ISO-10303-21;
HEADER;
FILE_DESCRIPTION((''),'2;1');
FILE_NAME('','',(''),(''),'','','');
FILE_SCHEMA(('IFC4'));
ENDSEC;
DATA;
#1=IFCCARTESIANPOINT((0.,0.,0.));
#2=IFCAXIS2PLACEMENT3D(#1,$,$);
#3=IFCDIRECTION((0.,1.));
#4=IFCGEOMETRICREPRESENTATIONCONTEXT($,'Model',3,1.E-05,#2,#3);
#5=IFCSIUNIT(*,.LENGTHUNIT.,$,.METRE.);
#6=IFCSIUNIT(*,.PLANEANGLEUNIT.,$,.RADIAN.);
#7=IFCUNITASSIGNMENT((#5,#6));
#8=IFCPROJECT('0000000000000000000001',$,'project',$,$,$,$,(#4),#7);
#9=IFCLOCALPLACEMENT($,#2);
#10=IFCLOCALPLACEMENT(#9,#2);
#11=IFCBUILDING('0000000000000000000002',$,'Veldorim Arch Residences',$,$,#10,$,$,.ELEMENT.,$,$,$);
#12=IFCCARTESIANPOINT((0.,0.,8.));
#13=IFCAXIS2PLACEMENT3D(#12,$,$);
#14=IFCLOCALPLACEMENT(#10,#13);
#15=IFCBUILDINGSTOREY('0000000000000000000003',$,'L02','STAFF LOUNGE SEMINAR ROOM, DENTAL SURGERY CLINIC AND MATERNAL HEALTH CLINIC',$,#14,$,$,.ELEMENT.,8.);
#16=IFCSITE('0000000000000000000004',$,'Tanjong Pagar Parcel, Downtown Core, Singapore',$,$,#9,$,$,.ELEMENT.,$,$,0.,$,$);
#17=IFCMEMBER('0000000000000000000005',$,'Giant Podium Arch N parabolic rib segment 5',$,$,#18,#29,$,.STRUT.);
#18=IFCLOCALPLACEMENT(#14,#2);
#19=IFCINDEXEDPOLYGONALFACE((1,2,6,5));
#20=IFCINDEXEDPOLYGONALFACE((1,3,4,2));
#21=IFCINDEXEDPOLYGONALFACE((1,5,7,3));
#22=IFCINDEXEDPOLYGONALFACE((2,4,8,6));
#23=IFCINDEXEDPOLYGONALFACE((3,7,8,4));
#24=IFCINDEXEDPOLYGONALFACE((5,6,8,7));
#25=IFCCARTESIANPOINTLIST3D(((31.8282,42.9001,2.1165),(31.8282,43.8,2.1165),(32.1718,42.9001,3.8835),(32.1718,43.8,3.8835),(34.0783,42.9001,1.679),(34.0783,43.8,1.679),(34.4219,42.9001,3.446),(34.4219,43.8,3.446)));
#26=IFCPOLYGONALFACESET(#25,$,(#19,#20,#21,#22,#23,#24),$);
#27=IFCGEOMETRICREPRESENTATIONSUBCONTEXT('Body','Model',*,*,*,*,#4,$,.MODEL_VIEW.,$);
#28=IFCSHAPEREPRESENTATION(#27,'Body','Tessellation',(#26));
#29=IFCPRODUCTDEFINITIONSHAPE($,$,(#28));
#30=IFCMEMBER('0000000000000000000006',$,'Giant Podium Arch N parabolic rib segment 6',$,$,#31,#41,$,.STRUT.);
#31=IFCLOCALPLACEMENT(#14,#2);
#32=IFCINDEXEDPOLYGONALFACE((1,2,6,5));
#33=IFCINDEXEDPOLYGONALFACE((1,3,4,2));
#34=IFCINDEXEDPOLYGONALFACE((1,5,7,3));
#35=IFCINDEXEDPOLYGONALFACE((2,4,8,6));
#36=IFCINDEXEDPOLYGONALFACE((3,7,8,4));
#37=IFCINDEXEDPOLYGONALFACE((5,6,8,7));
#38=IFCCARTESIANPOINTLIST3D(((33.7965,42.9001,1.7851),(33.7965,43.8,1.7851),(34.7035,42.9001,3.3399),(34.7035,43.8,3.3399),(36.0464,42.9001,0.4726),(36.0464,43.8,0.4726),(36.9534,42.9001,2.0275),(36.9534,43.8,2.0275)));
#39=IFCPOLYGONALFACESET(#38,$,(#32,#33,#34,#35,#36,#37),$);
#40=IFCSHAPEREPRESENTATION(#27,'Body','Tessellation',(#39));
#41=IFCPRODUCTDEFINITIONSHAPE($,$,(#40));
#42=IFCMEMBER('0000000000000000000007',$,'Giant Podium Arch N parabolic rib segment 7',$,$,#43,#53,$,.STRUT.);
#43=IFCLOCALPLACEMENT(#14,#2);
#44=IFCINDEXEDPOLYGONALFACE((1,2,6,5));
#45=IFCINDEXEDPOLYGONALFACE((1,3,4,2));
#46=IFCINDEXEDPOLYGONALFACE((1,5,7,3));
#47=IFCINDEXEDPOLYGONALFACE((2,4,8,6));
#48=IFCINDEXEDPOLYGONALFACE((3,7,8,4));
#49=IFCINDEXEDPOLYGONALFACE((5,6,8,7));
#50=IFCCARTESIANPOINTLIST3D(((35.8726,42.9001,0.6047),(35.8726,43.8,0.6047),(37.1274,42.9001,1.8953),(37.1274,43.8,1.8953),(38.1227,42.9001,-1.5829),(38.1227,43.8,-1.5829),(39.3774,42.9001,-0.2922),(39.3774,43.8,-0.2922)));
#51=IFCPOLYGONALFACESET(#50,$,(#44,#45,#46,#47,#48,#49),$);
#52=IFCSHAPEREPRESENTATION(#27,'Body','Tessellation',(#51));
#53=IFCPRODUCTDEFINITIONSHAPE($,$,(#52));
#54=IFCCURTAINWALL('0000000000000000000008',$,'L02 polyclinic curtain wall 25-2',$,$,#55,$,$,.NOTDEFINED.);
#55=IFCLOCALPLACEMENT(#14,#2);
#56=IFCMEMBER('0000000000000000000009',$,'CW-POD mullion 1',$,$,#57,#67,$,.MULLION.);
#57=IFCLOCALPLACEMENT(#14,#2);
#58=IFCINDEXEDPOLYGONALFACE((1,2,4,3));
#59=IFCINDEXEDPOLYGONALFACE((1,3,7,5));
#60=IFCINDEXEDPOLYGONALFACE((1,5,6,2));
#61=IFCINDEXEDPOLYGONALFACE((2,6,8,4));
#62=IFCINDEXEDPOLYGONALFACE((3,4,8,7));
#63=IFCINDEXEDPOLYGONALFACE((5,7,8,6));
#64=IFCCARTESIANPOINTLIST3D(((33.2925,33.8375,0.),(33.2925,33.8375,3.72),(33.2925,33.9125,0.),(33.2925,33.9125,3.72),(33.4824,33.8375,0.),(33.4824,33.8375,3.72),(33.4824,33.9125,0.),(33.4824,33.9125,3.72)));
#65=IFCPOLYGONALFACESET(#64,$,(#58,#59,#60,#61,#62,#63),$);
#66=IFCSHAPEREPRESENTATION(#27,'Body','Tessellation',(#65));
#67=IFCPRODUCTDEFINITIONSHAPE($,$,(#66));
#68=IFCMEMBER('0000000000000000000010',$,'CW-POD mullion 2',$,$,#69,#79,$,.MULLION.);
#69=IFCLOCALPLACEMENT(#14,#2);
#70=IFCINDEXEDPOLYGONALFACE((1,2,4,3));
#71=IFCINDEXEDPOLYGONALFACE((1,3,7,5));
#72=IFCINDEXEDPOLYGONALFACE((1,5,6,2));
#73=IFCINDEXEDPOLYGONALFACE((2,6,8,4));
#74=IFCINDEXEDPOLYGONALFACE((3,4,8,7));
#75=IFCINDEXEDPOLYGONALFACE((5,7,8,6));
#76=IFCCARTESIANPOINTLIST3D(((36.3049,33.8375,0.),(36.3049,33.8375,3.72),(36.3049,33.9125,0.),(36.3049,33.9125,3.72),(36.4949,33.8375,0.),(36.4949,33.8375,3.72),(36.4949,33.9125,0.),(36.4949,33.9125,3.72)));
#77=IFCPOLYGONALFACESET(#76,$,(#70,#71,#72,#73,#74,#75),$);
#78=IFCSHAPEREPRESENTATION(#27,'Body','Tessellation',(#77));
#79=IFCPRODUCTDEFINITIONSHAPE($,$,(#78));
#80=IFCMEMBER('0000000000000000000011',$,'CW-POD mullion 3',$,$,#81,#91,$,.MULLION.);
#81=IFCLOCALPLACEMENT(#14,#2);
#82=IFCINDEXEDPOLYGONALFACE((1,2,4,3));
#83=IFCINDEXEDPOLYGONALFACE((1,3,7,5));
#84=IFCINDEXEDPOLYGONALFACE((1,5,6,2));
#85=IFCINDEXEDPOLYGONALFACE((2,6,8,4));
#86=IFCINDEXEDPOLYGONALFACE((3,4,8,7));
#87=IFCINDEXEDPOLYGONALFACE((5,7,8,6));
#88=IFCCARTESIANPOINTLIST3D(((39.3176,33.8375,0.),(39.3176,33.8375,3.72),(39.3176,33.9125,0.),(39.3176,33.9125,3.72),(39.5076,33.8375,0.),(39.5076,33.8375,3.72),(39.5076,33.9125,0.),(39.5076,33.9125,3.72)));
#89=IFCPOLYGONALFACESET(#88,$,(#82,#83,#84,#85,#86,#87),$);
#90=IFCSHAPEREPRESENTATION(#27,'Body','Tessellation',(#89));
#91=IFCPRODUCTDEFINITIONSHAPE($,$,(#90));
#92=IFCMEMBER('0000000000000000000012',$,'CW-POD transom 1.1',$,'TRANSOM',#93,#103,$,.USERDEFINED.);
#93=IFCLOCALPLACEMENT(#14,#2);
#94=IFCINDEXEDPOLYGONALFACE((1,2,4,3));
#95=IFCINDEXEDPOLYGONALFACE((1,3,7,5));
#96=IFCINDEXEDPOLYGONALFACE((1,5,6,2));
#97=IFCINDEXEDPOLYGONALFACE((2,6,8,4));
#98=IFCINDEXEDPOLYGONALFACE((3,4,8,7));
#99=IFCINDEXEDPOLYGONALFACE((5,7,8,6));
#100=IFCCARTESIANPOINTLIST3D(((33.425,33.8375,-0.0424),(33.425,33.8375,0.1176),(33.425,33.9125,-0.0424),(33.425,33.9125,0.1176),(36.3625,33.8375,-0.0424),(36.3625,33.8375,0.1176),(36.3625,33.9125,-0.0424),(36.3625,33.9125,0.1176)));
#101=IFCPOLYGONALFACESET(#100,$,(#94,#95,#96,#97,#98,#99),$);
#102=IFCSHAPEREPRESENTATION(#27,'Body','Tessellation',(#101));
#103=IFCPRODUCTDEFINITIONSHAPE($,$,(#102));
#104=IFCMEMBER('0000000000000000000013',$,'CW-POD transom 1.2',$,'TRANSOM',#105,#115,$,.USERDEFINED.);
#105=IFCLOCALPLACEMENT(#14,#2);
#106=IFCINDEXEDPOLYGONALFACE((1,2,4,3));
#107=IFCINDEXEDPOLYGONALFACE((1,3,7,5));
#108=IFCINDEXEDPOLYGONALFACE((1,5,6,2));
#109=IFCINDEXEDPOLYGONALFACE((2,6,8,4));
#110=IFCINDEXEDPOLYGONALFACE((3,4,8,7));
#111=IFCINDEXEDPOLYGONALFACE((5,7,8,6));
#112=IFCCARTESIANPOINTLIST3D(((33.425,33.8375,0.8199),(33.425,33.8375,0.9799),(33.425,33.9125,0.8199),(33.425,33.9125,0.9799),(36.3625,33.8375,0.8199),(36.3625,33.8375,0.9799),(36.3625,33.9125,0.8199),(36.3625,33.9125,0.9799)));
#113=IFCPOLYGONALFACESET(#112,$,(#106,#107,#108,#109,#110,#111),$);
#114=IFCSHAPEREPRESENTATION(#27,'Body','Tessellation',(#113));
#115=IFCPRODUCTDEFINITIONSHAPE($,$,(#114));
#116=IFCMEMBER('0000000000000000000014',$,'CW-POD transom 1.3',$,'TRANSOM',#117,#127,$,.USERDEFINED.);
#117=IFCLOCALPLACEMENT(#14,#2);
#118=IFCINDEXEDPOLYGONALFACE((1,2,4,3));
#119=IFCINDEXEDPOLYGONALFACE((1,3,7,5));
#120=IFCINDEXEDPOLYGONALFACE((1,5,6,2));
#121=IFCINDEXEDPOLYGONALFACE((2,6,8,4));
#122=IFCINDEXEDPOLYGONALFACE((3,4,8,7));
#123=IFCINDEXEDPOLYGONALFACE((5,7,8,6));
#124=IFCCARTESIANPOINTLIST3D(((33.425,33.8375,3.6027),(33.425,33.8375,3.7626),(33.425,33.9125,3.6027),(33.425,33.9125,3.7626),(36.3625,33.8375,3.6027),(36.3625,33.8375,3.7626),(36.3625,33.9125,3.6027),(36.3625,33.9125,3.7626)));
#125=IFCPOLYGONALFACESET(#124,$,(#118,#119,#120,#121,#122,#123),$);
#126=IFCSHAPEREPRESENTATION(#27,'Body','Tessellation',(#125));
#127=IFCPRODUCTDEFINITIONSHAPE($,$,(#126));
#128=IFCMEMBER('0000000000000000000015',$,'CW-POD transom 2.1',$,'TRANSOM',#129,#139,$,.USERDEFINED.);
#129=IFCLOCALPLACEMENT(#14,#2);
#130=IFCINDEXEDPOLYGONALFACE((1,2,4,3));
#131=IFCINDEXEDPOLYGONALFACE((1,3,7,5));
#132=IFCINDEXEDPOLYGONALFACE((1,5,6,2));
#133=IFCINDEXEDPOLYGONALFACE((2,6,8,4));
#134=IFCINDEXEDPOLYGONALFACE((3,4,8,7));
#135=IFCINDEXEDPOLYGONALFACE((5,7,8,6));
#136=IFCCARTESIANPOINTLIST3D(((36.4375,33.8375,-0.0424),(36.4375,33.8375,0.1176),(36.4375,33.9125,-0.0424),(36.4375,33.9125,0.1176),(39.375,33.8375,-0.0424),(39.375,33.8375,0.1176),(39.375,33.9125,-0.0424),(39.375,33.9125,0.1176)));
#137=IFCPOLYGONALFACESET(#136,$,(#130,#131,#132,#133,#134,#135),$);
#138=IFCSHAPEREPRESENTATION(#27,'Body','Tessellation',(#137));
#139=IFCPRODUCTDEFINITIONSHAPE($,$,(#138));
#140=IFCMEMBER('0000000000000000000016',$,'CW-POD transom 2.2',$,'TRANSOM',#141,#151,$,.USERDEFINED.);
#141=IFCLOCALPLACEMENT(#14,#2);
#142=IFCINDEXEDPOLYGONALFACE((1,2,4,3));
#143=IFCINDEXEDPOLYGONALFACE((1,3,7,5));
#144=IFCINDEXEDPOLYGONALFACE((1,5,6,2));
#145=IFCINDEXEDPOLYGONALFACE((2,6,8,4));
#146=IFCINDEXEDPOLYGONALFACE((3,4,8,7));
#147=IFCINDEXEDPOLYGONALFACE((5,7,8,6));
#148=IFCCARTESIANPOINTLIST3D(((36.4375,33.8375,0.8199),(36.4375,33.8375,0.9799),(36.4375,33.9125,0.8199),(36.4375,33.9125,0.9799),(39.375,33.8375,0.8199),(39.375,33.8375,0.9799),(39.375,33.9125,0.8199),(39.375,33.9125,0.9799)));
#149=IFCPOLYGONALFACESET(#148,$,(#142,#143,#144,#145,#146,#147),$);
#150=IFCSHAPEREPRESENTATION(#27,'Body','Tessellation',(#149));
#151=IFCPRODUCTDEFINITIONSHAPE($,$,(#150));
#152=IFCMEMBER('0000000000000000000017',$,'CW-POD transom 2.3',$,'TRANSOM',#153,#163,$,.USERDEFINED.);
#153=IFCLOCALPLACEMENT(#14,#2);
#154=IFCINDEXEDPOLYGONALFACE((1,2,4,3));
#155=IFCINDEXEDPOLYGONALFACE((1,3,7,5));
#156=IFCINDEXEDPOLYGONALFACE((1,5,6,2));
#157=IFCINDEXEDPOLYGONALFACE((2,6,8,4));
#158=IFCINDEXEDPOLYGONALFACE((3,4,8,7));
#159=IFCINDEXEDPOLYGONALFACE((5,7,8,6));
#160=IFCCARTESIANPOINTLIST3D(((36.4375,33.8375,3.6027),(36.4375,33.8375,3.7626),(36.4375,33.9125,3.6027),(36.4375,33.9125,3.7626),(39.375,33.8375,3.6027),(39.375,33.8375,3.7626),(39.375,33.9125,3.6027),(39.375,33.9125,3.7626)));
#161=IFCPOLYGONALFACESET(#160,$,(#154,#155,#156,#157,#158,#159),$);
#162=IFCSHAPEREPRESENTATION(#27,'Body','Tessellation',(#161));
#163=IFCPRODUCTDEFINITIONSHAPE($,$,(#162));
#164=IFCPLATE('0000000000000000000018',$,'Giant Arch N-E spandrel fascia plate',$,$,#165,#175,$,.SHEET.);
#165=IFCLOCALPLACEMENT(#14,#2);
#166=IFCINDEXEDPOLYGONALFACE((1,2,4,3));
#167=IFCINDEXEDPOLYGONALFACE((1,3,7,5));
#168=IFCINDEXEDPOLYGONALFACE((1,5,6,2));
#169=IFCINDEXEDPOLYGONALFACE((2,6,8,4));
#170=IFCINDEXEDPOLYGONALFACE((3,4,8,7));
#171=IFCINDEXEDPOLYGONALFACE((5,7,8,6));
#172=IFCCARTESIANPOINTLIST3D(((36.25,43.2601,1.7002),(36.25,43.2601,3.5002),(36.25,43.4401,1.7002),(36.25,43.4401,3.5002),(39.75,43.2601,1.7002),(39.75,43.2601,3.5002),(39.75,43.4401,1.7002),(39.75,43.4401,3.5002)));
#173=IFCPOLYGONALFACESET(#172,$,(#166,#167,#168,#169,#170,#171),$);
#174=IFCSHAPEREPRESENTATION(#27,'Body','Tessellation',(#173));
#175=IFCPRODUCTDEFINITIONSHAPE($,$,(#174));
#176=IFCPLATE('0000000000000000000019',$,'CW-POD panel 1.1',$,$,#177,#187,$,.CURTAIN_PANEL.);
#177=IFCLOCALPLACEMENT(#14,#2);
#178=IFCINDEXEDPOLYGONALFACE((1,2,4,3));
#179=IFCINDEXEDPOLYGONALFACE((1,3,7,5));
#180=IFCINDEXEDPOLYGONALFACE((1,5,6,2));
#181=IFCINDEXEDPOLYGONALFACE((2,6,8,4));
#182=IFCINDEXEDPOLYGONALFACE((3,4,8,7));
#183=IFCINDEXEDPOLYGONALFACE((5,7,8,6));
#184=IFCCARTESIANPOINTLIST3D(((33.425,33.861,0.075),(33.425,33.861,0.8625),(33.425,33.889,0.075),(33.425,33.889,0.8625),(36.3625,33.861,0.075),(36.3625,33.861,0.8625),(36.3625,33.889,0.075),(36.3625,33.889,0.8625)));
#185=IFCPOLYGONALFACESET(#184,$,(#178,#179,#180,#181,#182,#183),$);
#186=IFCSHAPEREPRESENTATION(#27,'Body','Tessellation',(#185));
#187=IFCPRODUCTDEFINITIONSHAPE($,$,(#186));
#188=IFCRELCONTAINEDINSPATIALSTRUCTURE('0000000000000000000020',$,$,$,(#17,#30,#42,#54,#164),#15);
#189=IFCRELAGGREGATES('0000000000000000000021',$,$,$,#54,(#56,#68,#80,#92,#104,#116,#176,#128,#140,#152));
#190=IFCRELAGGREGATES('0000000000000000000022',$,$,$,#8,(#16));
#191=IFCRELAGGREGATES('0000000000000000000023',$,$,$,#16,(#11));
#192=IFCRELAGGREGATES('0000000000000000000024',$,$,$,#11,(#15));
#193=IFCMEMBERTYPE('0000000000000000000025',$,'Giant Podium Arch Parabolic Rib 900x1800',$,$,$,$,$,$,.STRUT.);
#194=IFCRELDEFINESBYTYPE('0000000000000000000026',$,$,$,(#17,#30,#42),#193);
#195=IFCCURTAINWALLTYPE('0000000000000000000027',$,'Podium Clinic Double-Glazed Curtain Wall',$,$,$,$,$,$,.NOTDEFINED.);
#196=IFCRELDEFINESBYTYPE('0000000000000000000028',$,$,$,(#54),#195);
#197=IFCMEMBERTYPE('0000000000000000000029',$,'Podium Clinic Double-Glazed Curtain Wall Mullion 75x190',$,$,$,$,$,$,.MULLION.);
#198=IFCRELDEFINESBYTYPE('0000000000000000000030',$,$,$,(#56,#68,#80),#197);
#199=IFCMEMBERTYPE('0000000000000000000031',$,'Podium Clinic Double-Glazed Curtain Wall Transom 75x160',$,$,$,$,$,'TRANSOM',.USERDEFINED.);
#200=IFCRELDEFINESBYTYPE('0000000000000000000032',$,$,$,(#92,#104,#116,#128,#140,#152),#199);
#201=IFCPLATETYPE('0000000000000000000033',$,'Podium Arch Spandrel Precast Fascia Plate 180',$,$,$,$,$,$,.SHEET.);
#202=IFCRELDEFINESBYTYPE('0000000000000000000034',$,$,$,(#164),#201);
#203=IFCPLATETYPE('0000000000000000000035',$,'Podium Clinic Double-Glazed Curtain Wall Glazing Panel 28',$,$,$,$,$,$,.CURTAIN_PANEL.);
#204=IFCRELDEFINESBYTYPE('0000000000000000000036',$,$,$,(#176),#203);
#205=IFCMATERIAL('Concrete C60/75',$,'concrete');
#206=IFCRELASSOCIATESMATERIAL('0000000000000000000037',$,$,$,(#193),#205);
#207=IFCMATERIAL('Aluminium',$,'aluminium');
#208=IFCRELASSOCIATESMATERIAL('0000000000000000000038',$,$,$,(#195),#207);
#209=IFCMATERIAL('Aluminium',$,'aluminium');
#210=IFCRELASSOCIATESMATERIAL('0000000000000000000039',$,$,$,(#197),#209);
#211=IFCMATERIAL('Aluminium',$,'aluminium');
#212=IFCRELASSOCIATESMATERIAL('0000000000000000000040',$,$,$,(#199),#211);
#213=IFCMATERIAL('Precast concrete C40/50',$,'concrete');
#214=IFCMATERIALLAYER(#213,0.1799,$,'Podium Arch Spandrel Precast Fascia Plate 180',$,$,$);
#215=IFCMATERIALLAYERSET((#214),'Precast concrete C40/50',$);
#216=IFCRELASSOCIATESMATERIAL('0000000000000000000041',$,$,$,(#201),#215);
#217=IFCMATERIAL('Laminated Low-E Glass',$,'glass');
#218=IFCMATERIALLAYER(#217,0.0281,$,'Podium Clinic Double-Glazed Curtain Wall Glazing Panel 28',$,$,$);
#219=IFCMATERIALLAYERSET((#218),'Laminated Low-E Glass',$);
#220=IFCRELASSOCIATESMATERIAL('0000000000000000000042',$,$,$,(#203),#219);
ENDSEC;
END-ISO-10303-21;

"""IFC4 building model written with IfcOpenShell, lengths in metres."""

from ifc_helpers import new_model, si_unit, direction, frame, origin, origin_2d, place, context, subcontext, project, spatial, rectangle, extrude, material, layer, layer_set, material_profile, profile_set, type_object, element, aggregate, save


model = new_model("IFC4")

# Units and contexts
model_context = context("Model", 3, precision=1e-05, world=origin(), true_north=direction((0.0, 1.0)))
body_context = subcontext(model_context, "Body", "Model", "MODEL_VIEW")
ifc_project = project(units=[si_unit("LENGTHUNIT", "METRE"), si_unit("PLANEANGLEUNIT", "RADIAN")], contexts=[model_context])

# Site, building, storey
site_placement = place(None, origin())
site = spatial("IfcSite", under=ifc_project, at=site_placement, Name="Tanjong Pagar Parcel, Downtown Core, Singapore", CompositionType="ELEMENT", RefElevation=0.0)
building_placement = place(site_placement, origin())
building = spatial("IfcBuilding", under=site, at=building_placement, Name="Veldorim Arch Residences", CompositionType="ELEMENT")
storey_placement = place(building_placement, frame((0.0, 0.0, 8.0)))
storey = spatial("IfcBuildingStorey", under=building, at=storey_placement, Name="L02", Description="STAFF LOUNGE SEMINAR ROOM, DENTAL SURGERY CLINIC AND MATERNAL HEALTH CLINIC", CompositionType="ELEMENT", Elevation=8.0)

# Members
ifc_material_1 = material(Name="Concrete C60/75", Category="concrete")
ifc_material_profile_1 = material_profile(ifc_material_1, rectangle(XDim=0.8999, YDim=1.8, at=origin_2d()), Name="RC_RECT_900x1800")
ifc_profile_set_1 = profile_set([ifc_material_profile_1], Name="Concrete C60/75")
member_type_1 = type_object("IfcMemberType", Name="Giant Podium Arch Parabolic Rib 900x1800", PredefinedType="STRUT", material=ifc_profile_set_1)
member_1_placement = place(storey_placement, frame((32.0, 43.3501, 3.0), z_axis=(0.981615, 0.0, -0.19087), x_axis=(0.0, 1.0, 0.0)))
element("IfcMember", 1, at=member_1_placement, inside=storey, type_object=member_type_1, Name="Giant Podium Arch N parabolic rib segment 5", PredefinedType="STRUT", context=body_context, shape_type="SweptSolid", body=[
    extrude(rectangle(XDim=0.8999, YDim=1.8, at=origin_2d()), origin(), (0.0, 0.0, 1.0), 2.2922),
])
member_2_placement = place(storey_placement, frame((34.25, 43.3501, 2.5625), z_axis=(0.863779, 0.0, -0.503871), x_axis=(0.0, 1.0, 0.0)))
element("IfcMember", 2, at=member_2_placement, inside=storey, type_object=member_type_1, Name="Giant Podium Arch N parabolic rib segment 6", PredefinedType="STRUT", context=body_context, shape_type="SweptSolid", body=[
    extrude(rectangle(XDim=0.8999, YDim=1.8, at=origin_2d()), origin(), (0.0, 0.0, 1.0), 2.6047),
])
member_3_placement = place(storey_placement, frame((36.5, 43.3501, 1.25), z_axis=(0.716995, 0.0, -0.697078), x_axis=(0.0, 1.0, 0.0)))
element("IfcMember", 3, at=member_3_placement, inside=storey, type_object=member_type_1, Name="Giant Podium Arch N parabolic rib segment 7", PredefinedType="STRUT", context=body_context, shape_type="SweptSolid", body=[
    extrude(rectangle(XDim=0.8999, YDim=1.8, at=origin_2d()), origin(), (0.0, 0.0, 1.0), 3.1382),
])

# Curtain wall, members
ifc_material_2 = material(Name="Aluminium", Category="aluminium")
curtain_wall_type = type_object("IfcCurtainWallType", Name="Podium Clinic Double-Glazed Curtain Wall", PredefinedType="NOTDEFINED", material=ifc_material_2)
curtain_wall_placement = place(storey_placement, origin())
curtain_wall = element("IfcCurtainWall", 4, at=curtain_wall_placement, inside=storey, type_object=curtain_wall_type, Name="L02 polyclinic curtain wall 25-2", PredefinedType="NOTDEFINED")
ifc_material_3 = material(Name="Aluminium", Category="aluminium")
ifc_material_profile_2 = material_profile(ifc_material_3, rectangle(XDim=0.075, YDim=0.1899, at=origin_2d()), Name="ALU_MUL_75x190")
ifc_profile_set_2 = profile_set([ifc_material_profile_2], Name="Aluminium")
member_type_2 = type_object("IfcMemberType", Name="Podium Clinic Double-Glazed Curtain Wall Mullion 75x190", PredefinedType="MULLION", material=ifc_profile_set_2)
member_4_placement = place(storey_placement, frame((33.3875, 33.875, 0.0), z_axis=(0.0, 0.0, 1.0), x_axis=(0.0, 1.0, 0.0)))
member_4 = element("IfcMember", 5, at=member_4_placement, type_object=member_type_2, Name="CW-POD mullion 1", PredefinedType="MULLION", context=body_context, shape_type="SweptSolid", body=[
    extrude(rectangle(XDim=0.075, YDim=0.1899, at=origin_2d()), origin(), (0.0, 0.0, 1.0), 3.72),
])
member_5_placement = place(storey_placement, frame((36.3999, 33.875, 0.0), z_axis=(0.0, 0.0, 1.0), x_axis=(0.0, 1.0, 0.0)))
member_5 = element("IfcMember", 6, at=member_5_placement, type_object=member_type_2, Name="CW-POD mullion 2", PredefinedType="MULLION", context=body_context, shape_type="SweptSolid", body=[
    extrude(rectangle(XDim=0.075, YDim=0.1899, at=origin_2d()), origin(), (0.0, 0.0, 1.0), 3.72),
])
member_6_placement = place(storey_placement, frame((39.4126, 33.875, 0.0), z_axis=(0.0, 0.0, 1.0), x_axis=(0.0, 1.0, 0.0)))
member_6 = element("IfcMember", 7, at=member_6_placement, type_object=member_type_2, Name="CW-POD mullion 3", PredefinedType="MULLION", context=body_context, shape_type="SweptSolid", body=[
    extrude(rectangle(XDim=0.075, YDim=0.1899, at=origin_2d()), origin(), (0.0, 0.0, 1.0), 3.72),
])
ifc_material_4 = material(Name="Aluminium", Category="aluminium")
ifc_material_profile_3 = material_profile(ifc_material_4, rectangle(XDim=0.075, YDim=0.1599, at=origin_2d()), Name="ALU_TRN_75x160")
ifc_profile_set_3 = profile_set([ifc_material_profile_3], Name="Aluminium")
member_type_3 = type_object("IfcMemberType", Name="Podium Clinic Double-Glazed Curtain Wall Transom 75x160", ElementType="TRANSOM", PredefinedType="USERDEFINED", material=ifc_profile_set_3)
member_7_placement = place(storey_placement, frame((33.425, 33.875, 0.0376), z_axis=(1.0, 0.0, 0.0), x_axis=(0.0, 1.0, 0.0)))
member_7 = element("IfcMember", 8, at=member_7_placement, type_object=member_type_3, Name="CW-POD transom 1.1", ObjectType="TRANSOM", PredefinedType="USERDEFINED", context=body_context, shape_type="SweptSolid", body=[
    extrude(rectangle(XDim=0.075, YDim=0.1599, at=origin_2d()), origin(), (0.0, 0.0, 1.0), 2.9375),
])
member_8_placement = place(storey_placement, frame((33.425, 33.875, 0.8999), z_axis=(1.0, 0.0, 0.0), x_axis=(0.0, 1.0, 0.0)))
member_8 = element("IfcMember", 9, at=member_8_placement, type_object=member_type_3, Name="CW-POD transom 1.2", ObjectType="TRANSOM", PredefinedType="USERDEFINED", context=body_context, shape_type="SweptSolid", body=[
    extrude(rectangle(XDim=0.075, YDim=0.1599, at=origin_2d()), origin(), (0.0, 0.0, 1.0), 2.9375),
])
member_9_placement = place(storey_placement, frame((33.425, 33.875, 3.6826), z_axis=(1.0, 0.0, 0.0), x_axis=(0.0, 1.0, 0.0)))
member_9 = element("IfcMember", 10, at=member_9_placement, type_object=member_type_3, Name="CW-POD transom 1.3", ObjectType="TRANSOM", PredefinedType="USERDEFINED", context=body_context, shape_type="SweptSolid", body=[
    extrude(rectangle(XDim=0.075, YDim=0.1599, at=origin_2d()), origin(), (0.0, 0.0, 1.0), 2.9375),
])
member_10_placement = place(storey_placement, frame((36.4375, 33.875, 0.0376), z_axis=(1.0, 0.0, 0.0), x_axis=(0.0, 1.0, 0.0)))
member_10 = element("IfcMember", 11, at=member_10_placement, type_object=member_type_3, Name="CW-POD transom 2.1", ObjectType="TRANSOM", PredefinedType="USERDEFINED", context=body_context, shape_type="SweptSolid", body=[
    extrude(rectangle(XDim=0.075, YDim=0.1599, at=origin_2d()), origin(), (0.0, 0.0, 1.0), 2.9375),
])
member_11_placement = place(storey_placement, frame((36.4375, 33.875, 0.8999), z_axis=(1.0, 0.0, 0.0), x_axis=(0.0, 1.0, 0.0)))
member_11 = element("IfcMember", 12, at=member_11_placement, type_object=member_type_3, Name="CW-POD transom 2.2", ObjectType="TRANSOM", PredefinedType="USERDEFINED", context=body_context, shape_type="SweptSolid", body=[
    extrude(rectangle(XDim=0.075, YDim=0.1599, at=origin_2d()), origin(), (0.0, 0.0, 1.0), 2.9375),
])
member_12_placement = place(storey_placement, frame((36.4375, 33.875, 3.6826), z_axis=(1.0, 0.0, 0.0), x_axis=(0.0, 1.0, 0.0)))
member_12 = element("IfcMember", 13, at=member_12_placement, type_object=member_type_3, Name="CW-POD transom 2.3", ObjectType="TRANSOM", PredefinedType="USERDEFINED", context=body_context, shape_type="SweptSolid", body=[
    extrude(rectangle(XDim=0.075, YDim=0.1599, at=origin_2d()), origin(), (0.0, 0.0, 1.0), 2.9375),
])

# Plates
ifc_material_5 = material(Name="Precast concrete C40/50", Category="concrete")
ifc_layer_1 = layer(ifc_material_5, 0.1799, Name="Podium Arch Spandrel Precast Fascia Plate 180")
ifc_layer_set_1 = layer_set([ifc_layer_1], Name="Precast concrete C40/50")
plate_type_1 = type_object("IfcPlateType", Name="Podium Arch Spandrel Precast Fascia Plate 180", PredefinedType="SHEET", material=ifc_layer_set_1)
plate_1_placement = place(storey_placement, frame((38.0, 43.3501, 1.7002), z_axis=(0.0, 0.0, 1.0), x_axis=(1.0, 0.0, 0.0)))
element("IfcPlate", 14, at=plate_1_placement, inside=storey, type_object=plate_type_1, Name="Giant Arch N-E spandrel fascia plate", PredefinedType="SHEET", context=body_context, shape_type="SweptSolid", body=[
    extrude(rectangle(XDim=3.5, YDim=0.1799, at=origin_2d()), origin(), (0.0, 0.0, 1.0), 1.8),
])
ifc_material_6 = material(Name="Laminated Low-E Glass", Category="glass")
ifc_layer_2 = layer(ifc_material_6, 0.0281, Name="Podium Clinic Double-Glazed Curtain Wall Glazing Panel 28")
ifc_layer_set_2 = layer_set([ifc_layer_2], Name="Laminated Low-E Glass")
plate_type_2 = type_object("IfcPlateType", Name="Podium Clinic Double-Glazed Curtain Wall Glazing Panel 28", PredefinedType="CURTAIN_PANEL", material=ifc_layer_set_2)
plate_2_placement = place(storey_placement, frame((34.8938, 33.875, 0.075), z_axis=(0.0, 0.0, 1.0), x_axis=(1.0, 0.0, 0.0)))
plate_2 = element("IfcPlate", 15, at=plate_2_placement, type_object=plate_type_2, Name="CW-POD panel 1.1", PredefinedType="CURTAIN_PANEL", context=body_context, shape_type="SweptSolid", body=[
    extrude(rectangle(XDim=2.9375, YDim=0.0281, at=origin_2d()), origin(), (0.0, 0.0, 1.0), 0.7876),
])
aggregate(curtain_wall, [member_4, member_5, member_6, member_7, member_8, member_9, plate_2, member_10, member_11, member_12])

save(model, "model.ifc")
